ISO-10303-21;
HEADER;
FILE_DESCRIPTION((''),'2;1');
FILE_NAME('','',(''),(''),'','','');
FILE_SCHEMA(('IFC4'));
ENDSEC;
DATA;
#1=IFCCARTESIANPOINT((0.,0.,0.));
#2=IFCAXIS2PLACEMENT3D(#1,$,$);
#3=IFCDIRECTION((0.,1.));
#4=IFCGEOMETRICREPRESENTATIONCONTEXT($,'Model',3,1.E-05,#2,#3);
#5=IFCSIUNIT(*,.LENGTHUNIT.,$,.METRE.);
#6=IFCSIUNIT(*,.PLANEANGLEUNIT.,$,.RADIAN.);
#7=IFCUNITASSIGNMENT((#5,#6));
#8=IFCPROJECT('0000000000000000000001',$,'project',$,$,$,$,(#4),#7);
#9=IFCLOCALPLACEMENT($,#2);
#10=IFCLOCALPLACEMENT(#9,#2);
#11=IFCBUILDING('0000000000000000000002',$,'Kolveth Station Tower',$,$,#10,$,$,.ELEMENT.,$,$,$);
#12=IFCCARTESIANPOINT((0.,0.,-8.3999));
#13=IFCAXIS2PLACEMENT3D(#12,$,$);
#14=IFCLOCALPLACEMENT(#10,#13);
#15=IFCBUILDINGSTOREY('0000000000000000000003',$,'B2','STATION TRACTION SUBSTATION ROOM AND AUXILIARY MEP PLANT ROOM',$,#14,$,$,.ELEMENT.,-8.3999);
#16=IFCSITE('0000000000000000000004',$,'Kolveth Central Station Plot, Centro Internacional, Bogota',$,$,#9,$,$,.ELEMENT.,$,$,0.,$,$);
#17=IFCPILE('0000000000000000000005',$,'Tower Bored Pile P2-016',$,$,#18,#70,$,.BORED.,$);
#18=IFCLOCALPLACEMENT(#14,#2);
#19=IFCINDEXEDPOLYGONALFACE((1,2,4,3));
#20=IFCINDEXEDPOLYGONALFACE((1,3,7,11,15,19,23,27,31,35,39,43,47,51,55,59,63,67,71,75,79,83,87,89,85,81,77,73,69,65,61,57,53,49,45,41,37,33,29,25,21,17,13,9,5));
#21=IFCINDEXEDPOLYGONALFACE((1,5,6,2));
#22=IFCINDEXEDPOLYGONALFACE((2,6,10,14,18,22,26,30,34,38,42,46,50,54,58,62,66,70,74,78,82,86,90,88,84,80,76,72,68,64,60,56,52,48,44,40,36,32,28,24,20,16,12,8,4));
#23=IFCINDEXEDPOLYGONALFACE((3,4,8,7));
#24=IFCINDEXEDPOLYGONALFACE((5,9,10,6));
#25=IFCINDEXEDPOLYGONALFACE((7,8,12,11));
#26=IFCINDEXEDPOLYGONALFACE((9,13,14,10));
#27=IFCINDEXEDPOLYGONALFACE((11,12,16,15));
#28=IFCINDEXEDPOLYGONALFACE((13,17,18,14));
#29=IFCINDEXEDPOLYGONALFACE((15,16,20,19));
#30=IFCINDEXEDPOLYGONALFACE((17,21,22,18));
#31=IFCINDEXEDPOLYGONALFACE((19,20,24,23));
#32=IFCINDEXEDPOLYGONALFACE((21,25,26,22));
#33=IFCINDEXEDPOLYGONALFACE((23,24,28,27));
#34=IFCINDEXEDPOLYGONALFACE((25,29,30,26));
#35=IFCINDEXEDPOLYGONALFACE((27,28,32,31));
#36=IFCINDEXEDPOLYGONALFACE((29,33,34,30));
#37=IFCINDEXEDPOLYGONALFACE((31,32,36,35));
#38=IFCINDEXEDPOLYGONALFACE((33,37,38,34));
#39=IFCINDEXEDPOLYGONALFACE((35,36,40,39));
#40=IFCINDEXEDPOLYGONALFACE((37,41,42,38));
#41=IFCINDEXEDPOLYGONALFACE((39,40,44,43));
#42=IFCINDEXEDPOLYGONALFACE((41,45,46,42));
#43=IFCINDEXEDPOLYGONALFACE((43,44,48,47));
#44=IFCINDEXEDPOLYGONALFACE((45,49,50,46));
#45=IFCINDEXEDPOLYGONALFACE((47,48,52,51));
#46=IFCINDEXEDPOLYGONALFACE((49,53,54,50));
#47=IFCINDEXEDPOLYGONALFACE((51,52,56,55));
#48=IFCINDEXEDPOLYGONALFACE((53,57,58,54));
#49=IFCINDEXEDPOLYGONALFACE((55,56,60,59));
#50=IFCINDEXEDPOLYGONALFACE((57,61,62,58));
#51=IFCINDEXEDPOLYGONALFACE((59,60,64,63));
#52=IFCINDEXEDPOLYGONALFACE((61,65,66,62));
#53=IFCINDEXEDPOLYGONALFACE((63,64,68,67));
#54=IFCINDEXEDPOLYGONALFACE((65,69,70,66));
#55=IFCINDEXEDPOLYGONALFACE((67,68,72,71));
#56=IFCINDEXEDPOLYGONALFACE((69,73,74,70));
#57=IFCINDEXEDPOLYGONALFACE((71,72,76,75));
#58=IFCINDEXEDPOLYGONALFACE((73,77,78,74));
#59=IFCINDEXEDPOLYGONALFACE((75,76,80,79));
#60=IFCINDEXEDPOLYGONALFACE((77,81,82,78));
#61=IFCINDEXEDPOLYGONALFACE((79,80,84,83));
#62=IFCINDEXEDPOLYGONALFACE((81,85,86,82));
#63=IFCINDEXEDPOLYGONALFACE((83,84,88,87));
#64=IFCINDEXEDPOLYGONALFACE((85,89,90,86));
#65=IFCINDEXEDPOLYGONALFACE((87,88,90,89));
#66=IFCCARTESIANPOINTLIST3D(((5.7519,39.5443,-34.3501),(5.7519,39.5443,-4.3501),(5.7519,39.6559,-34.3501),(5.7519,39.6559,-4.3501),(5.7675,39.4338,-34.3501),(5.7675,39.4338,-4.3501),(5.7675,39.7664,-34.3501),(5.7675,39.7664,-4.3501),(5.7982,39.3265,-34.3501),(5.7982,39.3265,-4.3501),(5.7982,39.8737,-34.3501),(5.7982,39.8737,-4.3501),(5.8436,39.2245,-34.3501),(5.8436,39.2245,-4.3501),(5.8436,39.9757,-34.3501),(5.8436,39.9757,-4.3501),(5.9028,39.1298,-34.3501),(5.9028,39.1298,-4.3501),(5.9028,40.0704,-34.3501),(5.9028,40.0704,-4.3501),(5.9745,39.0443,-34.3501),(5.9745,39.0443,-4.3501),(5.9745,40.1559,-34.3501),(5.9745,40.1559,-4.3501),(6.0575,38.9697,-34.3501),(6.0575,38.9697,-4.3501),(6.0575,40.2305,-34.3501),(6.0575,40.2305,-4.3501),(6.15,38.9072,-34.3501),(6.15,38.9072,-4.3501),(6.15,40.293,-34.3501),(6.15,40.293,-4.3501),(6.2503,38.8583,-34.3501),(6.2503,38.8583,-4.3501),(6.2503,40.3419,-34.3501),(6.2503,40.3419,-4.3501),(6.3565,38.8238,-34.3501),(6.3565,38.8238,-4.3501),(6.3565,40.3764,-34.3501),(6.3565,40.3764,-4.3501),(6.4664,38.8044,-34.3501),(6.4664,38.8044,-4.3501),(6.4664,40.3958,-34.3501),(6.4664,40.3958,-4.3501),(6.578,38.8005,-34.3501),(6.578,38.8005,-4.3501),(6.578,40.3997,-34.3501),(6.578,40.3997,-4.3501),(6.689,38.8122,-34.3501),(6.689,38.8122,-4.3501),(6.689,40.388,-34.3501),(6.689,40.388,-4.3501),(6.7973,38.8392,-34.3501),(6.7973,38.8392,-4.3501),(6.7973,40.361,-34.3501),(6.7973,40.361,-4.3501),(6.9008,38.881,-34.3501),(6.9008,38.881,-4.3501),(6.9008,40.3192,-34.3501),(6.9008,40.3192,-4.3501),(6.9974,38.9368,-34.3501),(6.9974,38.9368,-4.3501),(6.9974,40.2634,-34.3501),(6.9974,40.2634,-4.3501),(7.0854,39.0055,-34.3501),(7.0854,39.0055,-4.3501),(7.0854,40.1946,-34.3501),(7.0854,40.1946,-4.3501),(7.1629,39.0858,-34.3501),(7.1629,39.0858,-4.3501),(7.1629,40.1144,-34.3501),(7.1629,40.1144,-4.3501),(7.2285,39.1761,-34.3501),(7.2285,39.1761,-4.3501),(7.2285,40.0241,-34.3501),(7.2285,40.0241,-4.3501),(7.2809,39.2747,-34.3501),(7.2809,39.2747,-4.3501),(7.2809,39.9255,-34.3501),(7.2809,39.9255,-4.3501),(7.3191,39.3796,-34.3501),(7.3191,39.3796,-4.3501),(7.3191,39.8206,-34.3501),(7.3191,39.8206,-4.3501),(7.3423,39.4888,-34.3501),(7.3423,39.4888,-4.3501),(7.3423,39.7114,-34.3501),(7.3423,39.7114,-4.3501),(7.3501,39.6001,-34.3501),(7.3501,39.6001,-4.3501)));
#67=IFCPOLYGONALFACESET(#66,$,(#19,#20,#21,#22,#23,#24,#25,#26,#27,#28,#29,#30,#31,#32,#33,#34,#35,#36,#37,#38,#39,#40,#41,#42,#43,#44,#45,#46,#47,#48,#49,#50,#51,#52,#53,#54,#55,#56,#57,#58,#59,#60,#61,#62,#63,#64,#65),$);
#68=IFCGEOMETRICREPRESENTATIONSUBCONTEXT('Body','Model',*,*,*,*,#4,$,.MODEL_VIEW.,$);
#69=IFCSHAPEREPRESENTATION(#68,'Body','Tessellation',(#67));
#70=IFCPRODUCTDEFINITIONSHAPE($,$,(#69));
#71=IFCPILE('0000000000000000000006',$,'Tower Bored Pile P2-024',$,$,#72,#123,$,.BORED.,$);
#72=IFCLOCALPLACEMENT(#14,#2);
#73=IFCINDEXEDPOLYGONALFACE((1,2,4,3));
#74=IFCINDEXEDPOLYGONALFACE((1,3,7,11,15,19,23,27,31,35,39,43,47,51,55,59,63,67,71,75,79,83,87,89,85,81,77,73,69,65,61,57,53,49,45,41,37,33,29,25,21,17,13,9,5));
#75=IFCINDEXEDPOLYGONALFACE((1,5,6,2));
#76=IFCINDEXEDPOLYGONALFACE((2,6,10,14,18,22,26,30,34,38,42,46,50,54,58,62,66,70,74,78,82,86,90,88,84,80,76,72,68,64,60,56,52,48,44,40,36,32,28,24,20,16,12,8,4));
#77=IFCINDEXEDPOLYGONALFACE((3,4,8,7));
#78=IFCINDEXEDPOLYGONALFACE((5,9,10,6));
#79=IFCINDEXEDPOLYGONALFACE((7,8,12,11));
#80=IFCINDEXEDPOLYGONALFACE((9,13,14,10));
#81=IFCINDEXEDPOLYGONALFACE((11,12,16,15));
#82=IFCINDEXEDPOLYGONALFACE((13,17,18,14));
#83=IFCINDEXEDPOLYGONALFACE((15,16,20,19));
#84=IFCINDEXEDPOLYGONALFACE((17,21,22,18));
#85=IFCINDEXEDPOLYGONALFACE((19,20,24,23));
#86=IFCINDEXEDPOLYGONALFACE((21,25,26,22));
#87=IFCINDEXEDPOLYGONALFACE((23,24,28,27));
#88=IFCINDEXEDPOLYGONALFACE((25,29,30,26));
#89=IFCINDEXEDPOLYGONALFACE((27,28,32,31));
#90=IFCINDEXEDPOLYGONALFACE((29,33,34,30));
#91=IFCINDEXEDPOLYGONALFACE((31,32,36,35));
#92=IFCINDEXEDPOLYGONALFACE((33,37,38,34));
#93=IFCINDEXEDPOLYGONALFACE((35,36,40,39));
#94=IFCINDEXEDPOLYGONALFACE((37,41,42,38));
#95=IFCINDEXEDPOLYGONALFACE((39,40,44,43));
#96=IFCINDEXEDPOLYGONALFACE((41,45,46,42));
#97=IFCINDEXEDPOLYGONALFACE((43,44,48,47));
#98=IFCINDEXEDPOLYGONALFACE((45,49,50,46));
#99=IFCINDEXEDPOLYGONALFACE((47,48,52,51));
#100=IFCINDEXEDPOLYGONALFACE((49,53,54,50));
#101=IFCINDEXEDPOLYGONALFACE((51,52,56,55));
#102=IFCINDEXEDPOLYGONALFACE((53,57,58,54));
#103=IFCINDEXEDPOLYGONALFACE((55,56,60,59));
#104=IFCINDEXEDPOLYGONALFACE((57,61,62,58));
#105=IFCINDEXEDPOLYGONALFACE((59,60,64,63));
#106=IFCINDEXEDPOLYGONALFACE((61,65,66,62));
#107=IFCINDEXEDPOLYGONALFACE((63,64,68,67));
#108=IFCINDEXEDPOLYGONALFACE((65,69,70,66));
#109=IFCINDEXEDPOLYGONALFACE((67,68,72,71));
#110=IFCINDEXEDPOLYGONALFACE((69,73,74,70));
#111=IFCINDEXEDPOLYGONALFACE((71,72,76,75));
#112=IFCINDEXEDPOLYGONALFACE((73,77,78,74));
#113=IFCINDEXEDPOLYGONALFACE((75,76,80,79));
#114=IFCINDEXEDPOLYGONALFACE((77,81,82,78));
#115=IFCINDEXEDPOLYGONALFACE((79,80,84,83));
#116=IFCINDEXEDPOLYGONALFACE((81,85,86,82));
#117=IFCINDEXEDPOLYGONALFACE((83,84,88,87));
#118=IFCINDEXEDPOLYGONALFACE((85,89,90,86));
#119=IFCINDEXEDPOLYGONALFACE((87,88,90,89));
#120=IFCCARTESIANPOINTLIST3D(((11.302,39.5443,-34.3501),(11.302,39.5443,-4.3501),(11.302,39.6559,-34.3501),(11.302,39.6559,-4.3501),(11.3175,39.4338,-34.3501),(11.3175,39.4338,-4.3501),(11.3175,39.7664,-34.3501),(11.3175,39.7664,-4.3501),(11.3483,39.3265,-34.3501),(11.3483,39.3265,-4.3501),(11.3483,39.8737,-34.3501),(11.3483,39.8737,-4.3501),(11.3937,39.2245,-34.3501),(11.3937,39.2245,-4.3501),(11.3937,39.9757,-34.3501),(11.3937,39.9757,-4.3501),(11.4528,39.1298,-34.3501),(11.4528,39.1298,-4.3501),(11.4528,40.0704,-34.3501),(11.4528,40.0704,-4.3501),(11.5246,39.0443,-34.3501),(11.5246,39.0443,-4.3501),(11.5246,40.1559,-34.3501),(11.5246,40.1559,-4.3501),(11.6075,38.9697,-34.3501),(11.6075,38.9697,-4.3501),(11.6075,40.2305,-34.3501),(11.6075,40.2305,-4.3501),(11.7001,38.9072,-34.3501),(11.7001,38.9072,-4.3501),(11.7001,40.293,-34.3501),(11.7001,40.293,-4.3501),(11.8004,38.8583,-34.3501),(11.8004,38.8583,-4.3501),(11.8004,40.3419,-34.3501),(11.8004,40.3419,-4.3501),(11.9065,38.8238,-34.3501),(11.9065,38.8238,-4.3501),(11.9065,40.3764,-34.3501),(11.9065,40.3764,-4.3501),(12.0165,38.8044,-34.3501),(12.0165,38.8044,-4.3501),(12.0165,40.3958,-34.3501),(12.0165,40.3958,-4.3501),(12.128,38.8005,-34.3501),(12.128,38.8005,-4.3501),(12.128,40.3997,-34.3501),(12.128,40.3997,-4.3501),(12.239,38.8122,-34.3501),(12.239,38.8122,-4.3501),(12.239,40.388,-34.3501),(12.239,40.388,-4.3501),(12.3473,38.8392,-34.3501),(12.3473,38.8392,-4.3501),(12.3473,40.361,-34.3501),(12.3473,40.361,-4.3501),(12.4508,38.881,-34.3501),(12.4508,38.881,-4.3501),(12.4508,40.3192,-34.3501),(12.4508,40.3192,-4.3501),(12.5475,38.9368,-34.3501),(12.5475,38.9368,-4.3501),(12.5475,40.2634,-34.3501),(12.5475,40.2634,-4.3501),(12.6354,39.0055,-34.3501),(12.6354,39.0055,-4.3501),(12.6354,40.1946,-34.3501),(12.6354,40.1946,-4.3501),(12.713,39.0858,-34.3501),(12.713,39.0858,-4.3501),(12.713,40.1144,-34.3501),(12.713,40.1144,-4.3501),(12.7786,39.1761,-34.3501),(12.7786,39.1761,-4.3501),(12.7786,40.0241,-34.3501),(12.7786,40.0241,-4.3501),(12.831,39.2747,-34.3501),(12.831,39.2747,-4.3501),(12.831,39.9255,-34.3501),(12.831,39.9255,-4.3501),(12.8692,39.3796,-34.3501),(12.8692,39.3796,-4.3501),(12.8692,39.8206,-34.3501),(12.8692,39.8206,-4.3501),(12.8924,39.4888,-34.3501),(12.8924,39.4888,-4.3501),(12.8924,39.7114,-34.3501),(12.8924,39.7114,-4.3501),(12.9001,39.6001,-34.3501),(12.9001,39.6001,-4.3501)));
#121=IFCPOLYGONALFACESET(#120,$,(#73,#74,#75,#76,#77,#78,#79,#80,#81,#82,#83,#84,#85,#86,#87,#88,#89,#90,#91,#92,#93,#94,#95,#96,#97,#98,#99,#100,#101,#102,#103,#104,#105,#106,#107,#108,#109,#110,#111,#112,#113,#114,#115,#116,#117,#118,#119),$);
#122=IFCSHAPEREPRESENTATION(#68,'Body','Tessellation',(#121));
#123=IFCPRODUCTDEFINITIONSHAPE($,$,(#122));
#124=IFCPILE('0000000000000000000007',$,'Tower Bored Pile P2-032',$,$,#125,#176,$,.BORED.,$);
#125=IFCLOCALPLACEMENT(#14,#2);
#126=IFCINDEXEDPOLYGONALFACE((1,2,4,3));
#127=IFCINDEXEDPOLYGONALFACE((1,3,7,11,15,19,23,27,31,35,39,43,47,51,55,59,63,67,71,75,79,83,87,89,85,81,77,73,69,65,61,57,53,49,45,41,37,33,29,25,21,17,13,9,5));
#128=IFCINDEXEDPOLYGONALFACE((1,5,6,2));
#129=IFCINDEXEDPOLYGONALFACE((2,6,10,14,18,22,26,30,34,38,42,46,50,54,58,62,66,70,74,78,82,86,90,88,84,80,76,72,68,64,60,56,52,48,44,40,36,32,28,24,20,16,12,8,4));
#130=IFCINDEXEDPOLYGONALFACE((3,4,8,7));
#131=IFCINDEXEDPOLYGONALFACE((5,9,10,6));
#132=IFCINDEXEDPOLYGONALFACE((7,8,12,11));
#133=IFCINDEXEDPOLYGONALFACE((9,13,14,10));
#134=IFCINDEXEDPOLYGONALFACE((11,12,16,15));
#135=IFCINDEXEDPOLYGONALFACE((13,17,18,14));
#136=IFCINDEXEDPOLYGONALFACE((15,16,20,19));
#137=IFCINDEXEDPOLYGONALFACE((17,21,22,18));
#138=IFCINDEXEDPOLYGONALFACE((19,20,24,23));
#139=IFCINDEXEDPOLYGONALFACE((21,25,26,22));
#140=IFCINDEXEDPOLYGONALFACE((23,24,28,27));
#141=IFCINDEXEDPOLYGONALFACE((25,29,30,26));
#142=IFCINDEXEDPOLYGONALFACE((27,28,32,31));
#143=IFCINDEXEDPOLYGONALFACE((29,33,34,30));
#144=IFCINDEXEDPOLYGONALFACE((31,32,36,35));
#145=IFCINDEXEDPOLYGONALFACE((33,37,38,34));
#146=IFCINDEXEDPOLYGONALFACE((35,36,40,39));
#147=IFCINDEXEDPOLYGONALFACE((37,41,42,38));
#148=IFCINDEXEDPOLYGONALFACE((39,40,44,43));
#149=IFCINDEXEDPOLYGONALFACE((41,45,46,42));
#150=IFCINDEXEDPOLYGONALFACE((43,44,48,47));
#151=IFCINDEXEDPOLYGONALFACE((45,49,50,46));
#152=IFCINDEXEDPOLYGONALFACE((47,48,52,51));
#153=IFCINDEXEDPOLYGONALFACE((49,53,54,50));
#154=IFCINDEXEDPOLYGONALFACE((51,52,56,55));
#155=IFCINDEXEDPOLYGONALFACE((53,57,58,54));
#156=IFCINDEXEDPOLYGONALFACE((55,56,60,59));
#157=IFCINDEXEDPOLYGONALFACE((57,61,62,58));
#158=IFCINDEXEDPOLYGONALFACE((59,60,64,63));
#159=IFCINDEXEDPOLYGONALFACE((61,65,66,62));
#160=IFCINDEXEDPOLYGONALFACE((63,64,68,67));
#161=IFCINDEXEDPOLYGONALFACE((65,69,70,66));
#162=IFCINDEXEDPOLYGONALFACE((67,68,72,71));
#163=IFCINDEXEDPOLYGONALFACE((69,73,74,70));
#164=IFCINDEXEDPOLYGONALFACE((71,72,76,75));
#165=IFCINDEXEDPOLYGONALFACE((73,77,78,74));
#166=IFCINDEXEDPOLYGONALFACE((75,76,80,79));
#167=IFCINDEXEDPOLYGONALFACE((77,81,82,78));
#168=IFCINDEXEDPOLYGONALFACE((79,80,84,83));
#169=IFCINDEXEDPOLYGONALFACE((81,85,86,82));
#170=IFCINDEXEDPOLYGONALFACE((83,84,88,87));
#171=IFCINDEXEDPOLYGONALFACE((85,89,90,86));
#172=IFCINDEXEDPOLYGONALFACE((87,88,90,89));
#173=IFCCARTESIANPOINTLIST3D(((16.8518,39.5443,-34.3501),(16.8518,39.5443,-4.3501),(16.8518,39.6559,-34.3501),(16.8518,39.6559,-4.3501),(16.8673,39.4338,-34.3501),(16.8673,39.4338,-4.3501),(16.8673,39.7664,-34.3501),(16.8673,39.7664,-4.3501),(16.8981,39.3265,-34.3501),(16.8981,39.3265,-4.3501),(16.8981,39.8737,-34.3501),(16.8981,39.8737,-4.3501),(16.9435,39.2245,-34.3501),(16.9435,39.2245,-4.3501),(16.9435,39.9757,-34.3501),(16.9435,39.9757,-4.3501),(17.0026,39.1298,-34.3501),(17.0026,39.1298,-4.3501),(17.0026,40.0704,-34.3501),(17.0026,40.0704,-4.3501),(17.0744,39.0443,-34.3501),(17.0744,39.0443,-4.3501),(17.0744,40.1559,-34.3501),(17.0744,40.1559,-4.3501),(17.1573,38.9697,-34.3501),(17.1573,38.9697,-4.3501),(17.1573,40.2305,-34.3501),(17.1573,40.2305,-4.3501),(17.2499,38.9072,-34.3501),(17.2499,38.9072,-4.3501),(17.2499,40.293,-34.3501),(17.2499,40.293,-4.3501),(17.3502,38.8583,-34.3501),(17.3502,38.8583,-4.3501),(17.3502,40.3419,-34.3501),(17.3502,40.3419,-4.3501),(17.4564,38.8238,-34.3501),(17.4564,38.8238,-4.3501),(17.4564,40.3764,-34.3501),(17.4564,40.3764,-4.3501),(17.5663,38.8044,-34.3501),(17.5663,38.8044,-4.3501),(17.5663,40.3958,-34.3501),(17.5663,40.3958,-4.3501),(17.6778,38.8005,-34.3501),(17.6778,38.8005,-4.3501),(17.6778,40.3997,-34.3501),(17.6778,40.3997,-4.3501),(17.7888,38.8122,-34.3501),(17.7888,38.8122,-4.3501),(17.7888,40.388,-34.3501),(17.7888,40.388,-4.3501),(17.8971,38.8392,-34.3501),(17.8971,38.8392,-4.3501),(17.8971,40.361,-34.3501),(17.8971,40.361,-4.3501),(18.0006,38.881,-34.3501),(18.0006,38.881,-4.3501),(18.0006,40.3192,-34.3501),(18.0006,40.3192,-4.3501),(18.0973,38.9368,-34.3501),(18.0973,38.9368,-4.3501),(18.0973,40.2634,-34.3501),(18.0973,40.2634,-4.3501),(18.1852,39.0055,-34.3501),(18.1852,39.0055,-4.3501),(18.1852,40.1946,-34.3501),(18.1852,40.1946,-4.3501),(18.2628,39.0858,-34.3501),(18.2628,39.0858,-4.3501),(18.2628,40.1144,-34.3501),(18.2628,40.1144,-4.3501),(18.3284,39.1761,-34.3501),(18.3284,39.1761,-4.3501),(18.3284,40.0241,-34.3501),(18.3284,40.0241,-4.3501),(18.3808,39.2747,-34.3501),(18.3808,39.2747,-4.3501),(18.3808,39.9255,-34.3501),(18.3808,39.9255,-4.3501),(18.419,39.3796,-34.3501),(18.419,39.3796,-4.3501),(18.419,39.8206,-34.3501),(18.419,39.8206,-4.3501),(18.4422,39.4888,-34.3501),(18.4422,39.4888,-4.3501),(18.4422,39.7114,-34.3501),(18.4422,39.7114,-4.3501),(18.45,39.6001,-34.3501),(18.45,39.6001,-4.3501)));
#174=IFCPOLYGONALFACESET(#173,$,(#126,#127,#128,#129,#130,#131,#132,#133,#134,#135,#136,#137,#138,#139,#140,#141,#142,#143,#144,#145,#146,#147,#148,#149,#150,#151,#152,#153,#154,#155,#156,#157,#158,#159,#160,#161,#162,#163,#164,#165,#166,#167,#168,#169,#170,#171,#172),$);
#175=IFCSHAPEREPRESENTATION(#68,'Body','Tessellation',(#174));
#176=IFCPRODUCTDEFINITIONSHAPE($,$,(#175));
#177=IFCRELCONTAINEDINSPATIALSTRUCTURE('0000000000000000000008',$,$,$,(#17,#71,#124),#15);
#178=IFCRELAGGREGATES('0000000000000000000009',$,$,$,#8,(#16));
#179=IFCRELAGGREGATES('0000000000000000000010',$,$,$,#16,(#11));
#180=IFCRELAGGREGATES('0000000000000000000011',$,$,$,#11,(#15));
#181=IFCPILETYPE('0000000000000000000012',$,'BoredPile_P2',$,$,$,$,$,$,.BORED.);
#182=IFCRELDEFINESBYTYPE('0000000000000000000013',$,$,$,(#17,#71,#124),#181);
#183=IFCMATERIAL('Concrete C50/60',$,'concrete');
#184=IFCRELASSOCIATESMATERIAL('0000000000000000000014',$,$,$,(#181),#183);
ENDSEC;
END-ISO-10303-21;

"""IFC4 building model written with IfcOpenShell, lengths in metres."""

from ifc_helpers import new_model, si_unit, direction, frame, origin, origin_2d, place, context, subcontext, project, spatial, circle, extrude, source, transform, mapped, material, material_profile, profile_set, type_object, element, save


model = new_model("IFC4")

# Units and contexts
model_context = context("Model", 3, precision=1e-05, world=origin(), true_north=direction((0.0, 1.0)))
body_context = subcontext(model_context, "Body", "Model", "MODEL_VIEW")
ifc_project = project(units=[si_unit("LENGTHUNIT", "METRE"), si_unit("PLANEANGLEUNIT", "RADIAN")], contexts=[model_context])

# Site, building, storey
site_placement = place(None, origin())
site = spatial("IfcSite", under=ifc_project, at=site_placement, Name="Kolveth Central Station Plot, Centro Internacional, Bogota", CompositionType="ELEMENT", RefElevation=0.0)
building_placement = place(site_placement, origin())
building = spatial("IfcBuilding", under=site, at=building_placement, Name="Kolveth Station Tower", CompositionType="ELEMENT")
storey_placement = place(building_placement, frame((0.0, 0.0, -8.3999)))
storey = spatial("IfcBuildingStorey", under=building, at=storey_placement, Name="B2", Description="STATION TRACTION SUBSTATION ROOM AND AUXILIARY MEP PLANT ROOM", CompositionType="ELEMENT", Elevation=-8.3999)

# Piles
ifc_material_1 = material(Name="Concrete C50/60", Category="concrete")
ifc_material_profile_1 = material_profile(ifc_material_1, circle(Radius=0.8, at=origin_2d()), Name="PILE-D1600")
ifc_profile_set_1 = profile_set([ifc_material_profile_1], Name="Concrete C50/60")
pile_type_1 = type_object("IfcPileType", Name="BoredPile_P2", PredefinedType="BORED", material=ifc_profile_set_1)
shared_shape_1 = source(origin(), body_context, "Body", "SweptSolid", [
    extrude(circle(Radius=0.8, at=origin_2d()), origin(), (0.0, 0.0, 1.0), 30.0),
])
for number, where, z_axis, x_axis, name in (
    (1, (6.55, 39.6001, -4.3501), (0.0, 0.0, -1.0), (1.0, 0.0, 0.0), "Tower Bored Pile P2-016"),
    (2, (12.1001, 39.6001, -4.3501), (0.0, 0.0, -1.0), (1.0, 0.0, 0.0), "Tower Bored Pile P2-024"),
    (3, (17.6499, 39.6001, -4.3501), (0.0, 0.0, -1.0), (1.0, 0.0, 0.0), "Tower Bored Pile P2-032"),
):
    element("IfcPile", number, at=place(storey_placement, frame(where, z_axis=z_axis, x_axis=x_axis)), inside=storey, type_object=pile_type_1, Name=name, PredefinedType="BORED", context=body_context, shape_type="MappedRepresentation", body=[
        mapped(shared_shape_1, transform((0.0, 0.0, 0.0), x_axis=(1.0, 0.0, 0.0), y_axis=(0.0, 1.0, 0.0), z_axis=(0.0, 0.0, 1.0), scale=1.0)),
    ])

save(model, "model.ifc")
